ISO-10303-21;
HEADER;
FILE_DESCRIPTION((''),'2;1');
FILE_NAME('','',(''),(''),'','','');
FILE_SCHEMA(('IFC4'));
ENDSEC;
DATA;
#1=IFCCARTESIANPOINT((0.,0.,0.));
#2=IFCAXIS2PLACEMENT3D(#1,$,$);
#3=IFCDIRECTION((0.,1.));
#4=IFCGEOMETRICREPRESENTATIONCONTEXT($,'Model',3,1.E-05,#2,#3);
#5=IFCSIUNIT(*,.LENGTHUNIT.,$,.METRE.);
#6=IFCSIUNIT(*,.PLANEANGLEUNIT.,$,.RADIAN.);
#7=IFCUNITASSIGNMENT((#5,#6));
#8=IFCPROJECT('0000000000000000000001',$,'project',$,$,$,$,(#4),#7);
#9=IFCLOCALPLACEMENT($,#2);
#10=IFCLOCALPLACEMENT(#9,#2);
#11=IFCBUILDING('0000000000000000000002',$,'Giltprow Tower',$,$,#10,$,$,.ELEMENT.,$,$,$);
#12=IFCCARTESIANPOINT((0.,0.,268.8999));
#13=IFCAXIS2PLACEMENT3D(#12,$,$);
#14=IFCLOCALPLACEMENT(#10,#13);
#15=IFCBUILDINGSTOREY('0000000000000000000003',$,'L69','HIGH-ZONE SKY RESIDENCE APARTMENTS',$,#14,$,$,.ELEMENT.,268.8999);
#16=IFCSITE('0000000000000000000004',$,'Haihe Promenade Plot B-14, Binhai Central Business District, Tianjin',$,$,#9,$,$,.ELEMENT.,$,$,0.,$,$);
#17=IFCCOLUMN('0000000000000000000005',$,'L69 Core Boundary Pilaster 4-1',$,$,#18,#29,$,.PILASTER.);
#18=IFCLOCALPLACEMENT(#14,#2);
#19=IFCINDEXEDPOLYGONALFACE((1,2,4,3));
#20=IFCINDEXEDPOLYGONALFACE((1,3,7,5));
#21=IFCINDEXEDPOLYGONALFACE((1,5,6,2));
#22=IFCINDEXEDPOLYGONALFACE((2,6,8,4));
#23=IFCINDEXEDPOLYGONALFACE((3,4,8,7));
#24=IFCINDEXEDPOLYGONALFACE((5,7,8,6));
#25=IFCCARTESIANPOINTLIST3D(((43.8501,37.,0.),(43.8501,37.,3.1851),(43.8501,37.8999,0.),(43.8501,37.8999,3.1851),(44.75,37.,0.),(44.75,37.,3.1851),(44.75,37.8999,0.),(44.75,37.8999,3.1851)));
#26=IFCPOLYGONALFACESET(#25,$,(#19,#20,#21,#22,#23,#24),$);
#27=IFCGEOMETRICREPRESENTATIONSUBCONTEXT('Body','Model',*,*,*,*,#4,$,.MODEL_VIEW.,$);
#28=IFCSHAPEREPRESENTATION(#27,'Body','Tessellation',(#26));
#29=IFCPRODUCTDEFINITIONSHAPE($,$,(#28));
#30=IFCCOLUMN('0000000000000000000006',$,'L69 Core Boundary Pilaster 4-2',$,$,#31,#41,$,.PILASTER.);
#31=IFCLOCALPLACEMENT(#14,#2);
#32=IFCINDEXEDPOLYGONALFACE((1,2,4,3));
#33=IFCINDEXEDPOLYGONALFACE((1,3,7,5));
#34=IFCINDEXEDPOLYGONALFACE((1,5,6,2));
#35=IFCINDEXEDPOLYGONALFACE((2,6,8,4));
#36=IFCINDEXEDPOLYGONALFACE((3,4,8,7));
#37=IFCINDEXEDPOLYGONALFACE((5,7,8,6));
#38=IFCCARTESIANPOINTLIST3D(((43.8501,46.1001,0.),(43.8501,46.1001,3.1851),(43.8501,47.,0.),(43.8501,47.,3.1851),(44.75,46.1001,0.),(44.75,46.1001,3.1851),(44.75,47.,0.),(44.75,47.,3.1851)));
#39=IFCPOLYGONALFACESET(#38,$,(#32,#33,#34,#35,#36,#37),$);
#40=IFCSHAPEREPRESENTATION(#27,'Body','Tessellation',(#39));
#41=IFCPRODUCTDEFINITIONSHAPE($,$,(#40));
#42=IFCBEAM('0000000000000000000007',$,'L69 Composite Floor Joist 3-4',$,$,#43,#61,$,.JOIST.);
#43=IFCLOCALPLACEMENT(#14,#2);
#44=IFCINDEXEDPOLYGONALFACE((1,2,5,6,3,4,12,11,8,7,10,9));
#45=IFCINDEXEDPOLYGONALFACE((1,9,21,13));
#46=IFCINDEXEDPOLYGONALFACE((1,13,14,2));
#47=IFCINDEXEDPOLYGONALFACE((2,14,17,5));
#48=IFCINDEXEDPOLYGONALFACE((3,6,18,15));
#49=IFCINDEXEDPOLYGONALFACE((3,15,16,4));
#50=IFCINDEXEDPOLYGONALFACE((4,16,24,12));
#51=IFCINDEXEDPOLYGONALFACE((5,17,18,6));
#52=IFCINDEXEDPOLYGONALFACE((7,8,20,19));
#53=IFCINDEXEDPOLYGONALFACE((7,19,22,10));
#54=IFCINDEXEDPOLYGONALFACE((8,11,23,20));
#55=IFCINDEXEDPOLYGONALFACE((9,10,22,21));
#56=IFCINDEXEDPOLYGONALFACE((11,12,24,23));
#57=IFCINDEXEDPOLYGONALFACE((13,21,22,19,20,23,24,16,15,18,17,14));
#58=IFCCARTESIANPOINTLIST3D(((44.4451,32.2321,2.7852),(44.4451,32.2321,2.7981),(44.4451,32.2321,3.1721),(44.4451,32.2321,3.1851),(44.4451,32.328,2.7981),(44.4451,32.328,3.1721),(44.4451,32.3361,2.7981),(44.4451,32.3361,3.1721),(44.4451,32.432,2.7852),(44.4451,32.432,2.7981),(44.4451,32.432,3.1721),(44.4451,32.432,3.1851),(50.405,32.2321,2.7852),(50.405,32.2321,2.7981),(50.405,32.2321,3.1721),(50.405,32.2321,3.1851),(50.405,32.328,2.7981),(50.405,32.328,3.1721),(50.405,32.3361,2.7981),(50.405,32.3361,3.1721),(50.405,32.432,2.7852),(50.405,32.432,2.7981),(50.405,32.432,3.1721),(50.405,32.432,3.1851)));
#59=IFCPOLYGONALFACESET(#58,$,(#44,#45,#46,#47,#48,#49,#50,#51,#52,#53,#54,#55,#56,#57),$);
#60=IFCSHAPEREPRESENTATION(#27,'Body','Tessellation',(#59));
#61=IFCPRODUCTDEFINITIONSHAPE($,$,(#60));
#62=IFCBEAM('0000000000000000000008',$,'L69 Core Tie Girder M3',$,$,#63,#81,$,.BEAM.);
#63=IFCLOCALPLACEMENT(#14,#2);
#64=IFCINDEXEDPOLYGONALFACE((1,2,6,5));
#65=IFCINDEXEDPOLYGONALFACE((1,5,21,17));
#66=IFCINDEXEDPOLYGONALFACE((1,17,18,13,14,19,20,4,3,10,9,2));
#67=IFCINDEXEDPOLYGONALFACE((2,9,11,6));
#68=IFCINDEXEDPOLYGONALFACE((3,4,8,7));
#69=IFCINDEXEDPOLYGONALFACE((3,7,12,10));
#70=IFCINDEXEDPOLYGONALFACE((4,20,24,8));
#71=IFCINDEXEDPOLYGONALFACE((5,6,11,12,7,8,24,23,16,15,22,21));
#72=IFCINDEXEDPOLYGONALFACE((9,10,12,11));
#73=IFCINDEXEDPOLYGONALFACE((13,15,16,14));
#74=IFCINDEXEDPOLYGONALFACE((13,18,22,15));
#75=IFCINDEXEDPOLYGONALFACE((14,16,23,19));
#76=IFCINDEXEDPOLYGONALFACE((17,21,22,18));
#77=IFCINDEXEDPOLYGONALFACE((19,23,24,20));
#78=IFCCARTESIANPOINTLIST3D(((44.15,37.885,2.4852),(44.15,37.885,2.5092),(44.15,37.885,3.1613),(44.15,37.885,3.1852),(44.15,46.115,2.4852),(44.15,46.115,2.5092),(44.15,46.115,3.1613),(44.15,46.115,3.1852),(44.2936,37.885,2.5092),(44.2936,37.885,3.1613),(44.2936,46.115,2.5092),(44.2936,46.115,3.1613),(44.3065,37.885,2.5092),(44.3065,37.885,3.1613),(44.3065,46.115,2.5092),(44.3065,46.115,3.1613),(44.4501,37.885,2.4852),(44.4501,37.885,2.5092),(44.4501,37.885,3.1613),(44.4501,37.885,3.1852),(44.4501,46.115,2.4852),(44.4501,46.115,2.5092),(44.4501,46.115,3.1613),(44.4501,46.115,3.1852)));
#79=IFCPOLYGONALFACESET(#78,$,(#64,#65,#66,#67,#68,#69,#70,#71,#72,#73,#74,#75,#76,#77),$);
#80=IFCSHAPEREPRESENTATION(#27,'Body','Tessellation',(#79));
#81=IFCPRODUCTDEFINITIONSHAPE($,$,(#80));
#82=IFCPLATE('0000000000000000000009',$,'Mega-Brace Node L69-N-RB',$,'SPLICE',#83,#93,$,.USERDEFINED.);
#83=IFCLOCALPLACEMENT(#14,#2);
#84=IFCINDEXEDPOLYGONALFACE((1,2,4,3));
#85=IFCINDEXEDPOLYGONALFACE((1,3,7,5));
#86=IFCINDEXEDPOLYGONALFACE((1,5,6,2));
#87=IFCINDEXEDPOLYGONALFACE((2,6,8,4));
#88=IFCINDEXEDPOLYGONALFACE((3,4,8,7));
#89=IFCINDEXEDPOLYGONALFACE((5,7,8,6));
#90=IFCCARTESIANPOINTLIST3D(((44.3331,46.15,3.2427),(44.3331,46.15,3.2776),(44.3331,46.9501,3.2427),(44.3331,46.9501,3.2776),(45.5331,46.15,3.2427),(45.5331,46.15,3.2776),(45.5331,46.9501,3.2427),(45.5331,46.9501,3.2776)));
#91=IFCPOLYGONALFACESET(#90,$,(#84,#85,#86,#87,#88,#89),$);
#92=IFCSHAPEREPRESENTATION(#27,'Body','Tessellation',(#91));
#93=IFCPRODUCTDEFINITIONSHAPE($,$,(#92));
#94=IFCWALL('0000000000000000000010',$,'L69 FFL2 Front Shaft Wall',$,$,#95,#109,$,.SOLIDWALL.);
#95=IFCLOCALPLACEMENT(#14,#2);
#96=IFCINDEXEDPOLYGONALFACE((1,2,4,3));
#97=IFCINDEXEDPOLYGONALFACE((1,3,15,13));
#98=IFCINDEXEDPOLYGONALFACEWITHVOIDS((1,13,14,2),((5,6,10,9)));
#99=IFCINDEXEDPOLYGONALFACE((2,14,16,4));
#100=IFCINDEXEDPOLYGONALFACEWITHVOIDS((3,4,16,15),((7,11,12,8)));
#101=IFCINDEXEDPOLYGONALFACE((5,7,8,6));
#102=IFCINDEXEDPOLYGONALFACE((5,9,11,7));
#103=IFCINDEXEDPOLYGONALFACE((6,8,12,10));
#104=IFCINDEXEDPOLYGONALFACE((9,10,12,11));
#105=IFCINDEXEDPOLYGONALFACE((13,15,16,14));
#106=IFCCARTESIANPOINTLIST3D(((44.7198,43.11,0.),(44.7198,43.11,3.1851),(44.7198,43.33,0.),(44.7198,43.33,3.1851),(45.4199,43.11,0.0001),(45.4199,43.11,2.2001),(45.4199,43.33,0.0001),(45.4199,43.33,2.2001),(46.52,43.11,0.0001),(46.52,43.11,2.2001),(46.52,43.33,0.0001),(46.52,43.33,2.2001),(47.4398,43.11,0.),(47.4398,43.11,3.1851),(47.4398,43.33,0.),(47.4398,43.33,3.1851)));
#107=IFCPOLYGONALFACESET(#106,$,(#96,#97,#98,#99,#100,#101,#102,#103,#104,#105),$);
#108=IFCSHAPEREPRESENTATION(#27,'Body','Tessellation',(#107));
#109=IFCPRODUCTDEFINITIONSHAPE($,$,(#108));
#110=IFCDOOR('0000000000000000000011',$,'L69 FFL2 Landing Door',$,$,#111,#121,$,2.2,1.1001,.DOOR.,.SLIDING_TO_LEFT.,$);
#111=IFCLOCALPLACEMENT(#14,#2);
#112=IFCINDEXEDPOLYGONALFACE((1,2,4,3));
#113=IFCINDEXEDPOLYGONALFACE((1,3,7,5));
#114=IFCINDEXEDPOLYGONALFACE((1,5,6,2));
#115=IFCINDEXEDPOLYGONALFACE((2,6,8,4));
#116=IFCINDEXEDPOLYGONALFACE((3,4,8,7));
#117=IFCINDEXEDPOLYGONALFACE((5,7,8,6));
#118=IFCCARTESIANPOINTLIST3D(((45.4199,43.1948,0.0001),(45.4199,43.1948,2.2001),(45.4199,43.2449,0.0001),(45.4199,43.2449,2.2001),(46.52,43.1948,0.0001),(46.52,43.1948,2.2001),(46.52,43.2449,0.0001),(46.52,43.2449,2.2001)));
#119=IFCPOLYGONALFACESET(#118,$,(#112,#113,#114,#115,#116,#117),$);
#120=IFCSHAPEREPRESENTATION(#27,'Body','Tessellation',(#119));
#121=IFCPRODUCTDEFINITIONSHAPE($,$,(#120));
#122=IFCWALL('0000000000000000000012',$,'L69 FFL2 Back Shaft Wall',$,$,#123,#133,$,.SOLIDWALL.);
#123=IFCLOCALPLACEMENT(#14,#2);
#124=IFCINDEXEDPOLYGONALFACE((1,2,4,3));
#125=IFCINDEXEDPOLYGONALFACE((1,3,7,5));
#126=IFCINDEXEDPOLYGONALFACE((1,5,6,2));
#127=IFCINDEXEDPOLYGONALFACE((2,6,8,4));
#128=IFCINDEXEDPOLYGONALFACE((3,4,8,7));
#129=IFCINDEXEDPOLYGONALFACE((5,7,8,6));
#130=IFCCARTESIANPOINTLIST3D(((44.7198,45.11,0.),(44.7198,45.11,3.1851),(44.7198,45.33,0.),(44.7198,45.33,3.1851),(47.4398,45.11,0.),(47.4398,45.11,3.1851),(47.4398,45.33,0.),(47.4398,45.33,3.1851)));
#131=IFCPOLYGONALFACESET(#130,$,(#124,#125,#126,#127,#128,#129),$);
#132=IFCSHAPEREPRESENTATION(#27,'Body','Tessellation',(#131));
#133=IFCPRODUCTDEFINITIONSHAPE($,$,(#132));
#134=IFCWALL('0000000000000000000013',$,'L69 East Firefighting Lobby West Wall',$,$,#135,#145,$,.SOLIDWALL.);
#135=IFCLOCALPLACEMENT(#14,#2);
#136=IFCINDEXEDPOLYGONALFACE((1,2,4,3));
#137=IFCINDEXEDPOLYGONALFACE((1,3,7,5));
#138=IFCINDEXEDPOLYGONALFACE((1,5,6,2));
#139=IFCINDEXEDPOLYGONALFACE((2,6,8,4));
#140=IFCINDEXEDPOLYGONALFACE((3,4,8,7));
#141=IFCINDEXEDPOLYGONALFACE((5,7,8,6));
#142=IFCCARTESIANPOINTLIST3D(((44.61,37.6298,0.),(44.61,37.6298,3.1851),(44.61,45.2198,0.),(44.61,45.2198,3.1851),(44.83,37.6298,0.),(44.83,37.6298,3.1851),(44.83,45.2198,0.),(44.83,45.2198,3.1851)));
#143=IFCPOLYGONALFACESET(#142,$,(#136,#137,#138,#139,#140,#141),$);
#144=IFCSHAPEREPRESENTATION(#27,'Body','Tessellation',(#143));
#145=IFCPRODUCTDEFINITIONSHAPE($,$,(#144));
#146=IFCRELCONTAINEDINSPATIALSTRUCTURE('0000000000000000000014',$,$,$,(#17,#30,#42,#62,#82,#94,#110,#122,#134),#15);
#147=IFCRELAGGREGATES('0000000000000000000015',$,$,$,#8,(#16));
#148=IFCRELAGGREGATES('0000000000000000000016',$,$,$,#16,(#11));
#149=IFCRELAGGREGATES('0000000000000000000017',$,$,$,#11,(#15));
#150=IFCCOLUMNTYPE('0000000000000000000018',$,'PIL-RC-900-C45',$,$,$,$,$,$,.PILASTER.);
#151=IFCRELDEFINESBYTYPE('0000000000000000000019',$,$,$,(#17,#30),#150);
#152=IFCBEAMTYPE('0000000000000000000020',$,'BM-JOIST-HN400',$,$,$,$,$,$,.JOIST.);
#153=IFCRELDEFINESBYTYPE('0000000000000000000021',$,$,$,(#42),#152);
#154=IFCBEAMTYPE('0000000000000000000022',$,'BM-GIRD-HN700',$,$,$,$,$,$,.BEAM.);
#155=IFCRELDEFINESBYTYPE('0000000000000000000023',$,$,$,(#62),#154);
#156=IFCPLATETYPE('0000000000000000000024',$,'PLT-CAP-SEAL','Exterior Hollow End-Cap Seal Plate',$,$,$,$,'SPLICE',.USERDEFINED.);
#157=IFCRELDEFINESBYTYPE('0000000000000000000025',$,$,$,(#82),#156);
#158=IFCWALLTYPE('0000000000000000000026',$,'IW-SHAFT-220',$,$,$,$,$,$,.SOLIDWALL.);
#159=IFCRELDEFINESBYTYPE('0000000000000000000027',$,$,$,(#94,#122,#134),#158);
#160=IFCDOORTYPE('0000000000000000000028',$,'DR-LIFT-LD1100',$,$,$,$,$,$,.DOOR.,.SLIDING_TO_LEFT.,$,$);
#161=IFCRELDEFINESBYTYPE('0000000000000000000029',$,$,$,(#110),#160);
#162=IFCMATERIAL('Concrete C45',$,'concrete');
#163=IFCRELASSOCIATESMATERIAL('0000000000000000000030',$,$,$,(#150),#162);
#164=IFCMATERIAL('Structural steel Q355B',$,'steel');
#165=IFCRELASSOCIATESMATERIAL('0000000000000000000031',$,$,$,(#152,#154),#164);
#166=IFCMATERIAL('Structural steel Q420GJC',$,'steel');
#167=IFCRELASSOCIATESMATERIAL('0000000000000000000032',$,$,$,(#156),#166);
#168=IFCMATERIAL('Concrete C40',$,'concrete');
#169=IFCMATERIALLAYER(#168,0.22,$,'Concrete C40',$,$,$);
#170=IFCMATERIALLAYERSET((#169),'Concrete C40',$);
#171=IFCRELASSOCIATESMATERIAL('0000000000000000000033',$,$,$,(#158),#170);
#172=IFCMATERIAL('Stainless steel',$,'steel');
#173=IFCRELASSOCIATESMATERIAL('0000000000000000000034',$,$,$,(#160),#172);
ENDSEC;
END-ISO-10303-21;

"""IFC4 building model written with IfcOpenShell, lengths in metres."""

from ifc_helpers import new_model, si_unit, direction, frame, frame_2d, origin, origin_2d, place, context, subcontext, project, spatial, rectangle, i_section, extrude, source, transform, mapped, material, layer, layer_set, material_profile, profile_set, type_object, element, fill, save


model = new_model("IFC4")

# Units and contexts
model_context = context("Model", 3, precision=1e-05, world=origin(), true_north=direction((0.0, 1.0)))
body_context = subcontext(model_context, "Body", "Model", "MODEL_VIEW")
ifc_project = project(units=[si_unit("LENGTHUNIT", "METRE"), si_unit("PLANEANGLEUNIT", "RADIAN")], contexts=[model_context])

# Site, building, storey
site_placement = place(None, origin())
site = spatial("IfcSite", under=ifc_project, at=site_placement, Name="Haihe Promenade Plot B-14, Binhai Central Business District, Tianjin", CompositionType="ELEMENT", RefElevation=0.0)
building_placement = place(site_placement, origin())
building = spatial("IfcBuilding", under=site, at=building_placement, Name="Giltprow Tower", CompositionType="ELEMENT")
storey_placement = place(building_placement, frame((0.0, 0.0, 268.8999)))
storey = spatial("IfcBuildingStorey", under=building, at=storey_placement, Name="L69", Description="HIGH-ZONE SKY RESIDENCE APARTMENTS", CompositionType="ELEMENT", Elevation=268.8999)

# Columns
ifc_material_1 = material(Name="Concrete C45", Category="concrete")
ifc_material_profile_1 = material_profile(ifc_material_1, rectangle(XDim=0.8999, YDim=0.8999, at=origin_2d()), Name="RC 900x900")
ifc_profile_set_1 = profile_set([ifc_material_profile_1], Name="Concrete C45")
column_type = type_object("IfcColumnType", Name="PIL-RC-900-C45", PredefinedType="PILASTER", material=ifc_profile_set_1)
shared_shape_1 = source(origin(), body_context, "Body", "SweptSolid", [
    extrude(rectangle(XDim=0.8999, YDim=0.8999, at=origin_2d()), origin(), (0.0, 0.0, 1.0), 3.1851),
])
for number, where, z_axis, x_axis, name in (
    (1, (44.3, 37.45, 0.0), (0.0, 0.0, 1.0), (1.0, 0.0, 0.0), "L69 Core Boundary Pilaster 4-1"),
    (2, (44.3, 46.55, 0.0), (0.0, 0.0, 1.0), (1.0, 0.0, 0.0), "L69 Core Boundary Pilaster 4-2"),
):
    element("IfcColumn", number, at=place(storey_placement, frame(where, z_axis=z_axis, x_axis=x_axis)), inside=storey, type_object=column_type, Name=name, PredefinedType="PILASTER", context=body_context, shape_type="MappedRepresentation", body=[
        mapped(shared_shape_1, transform((0.0, 0.0, 0.0), x_axis=(1.0, 0.0, 0.0), y_axis=(0.0, 1.0, 0.0), z_axis=(0.0, 0.0, 1.0), scale=1.0)),
    ])

# Beams
ifc_material_2 = material(Name="Structural steel Q355B", Category="steel")
ifc_material_profile_2 = material_profile(ifc_material_2, i_section(OverallWidth=0.2, OverallDepth=0.3999, WebThickness=0.0081, FlangeThickness=0.0129, at=origin_2d()), Name="HN 400x200x8x13")
ifc_profile_set_2 = profile_set([ifc_material_profile_2], Name="Structural steel Q355B")
beam_type_1 = type_object("IfcBeamType", Name="BM-JOIST-HN400", PredefinedType="JOIST", material=ifc_profile_set_2)
shared_shape_2 = source(origin(), body_context, "Body", "SweptSolid", [
    extrude(i_section(OverallWidth=0.2, OverallDepth=0.3999, WebThickness=0.0081, FlangeThickness=0.0129, at=origin_2d()), origin(), (0.0, 0.0, 1.0), 5.96),
])
beam_1_placement = place(storey_placement, frame((44.4451, 32.332, 2.9851), z_axis=(1.0, 0.0, 0.0), x_axis=(0.0, 1.0, 0.0)))
element("IfcBeam", 3, at=beam_1_placement, inside=storey, type_object=beam_type_1, Name="L69 Composite Floor Joist 3-4", PredefinedType="JOIST", context=body_context, shape_type="MappedRepresentation", body=[
    mapped(shared_shape_2, transform((0.0, 0.0, 0.0), x_axis=(1.0, 0.0, 0.0), y_axis=(0.0, 1.0, 0.0), z_axis=(0.0, 0.0, 1.0), scale=1.0)),
])
ifc_material_profile_3 = material_profile(ifc_material_2, i_section(OverallWidth=0.3, OverallDepth=0.7, WebThickness=0.0129, FlangeThickness=0.0239, at=origin_2d()), Name="HN 700x300x13x24")
ifc_profile_set_3 = profile_set([ifc_material_profile_3], Name="Structural steel Q355B")
beam_type_2 = type_object("IfcBeamType", Name="BM-GIRD-HN700", PredefinedType="BEAM", material=ifc_profile_set_3)
shared_shape_3 = source(origin(), body_context, "Body", "SweptSolid", [
    extrude(i_section(OverallWidth=0.3, OverallDepth=0.7, WebThickness=0.0129, FlangeThickness=0.0239, at=origin_2d()), origin(), (0.0, 0.0, 1.0), 8.23),
])
beam_2_placement = place(storey_placement, frame((44.3, 37.885, 2.8352), z_axis=(0.0, 1.0, 0.0), x_axis=(-1.0, 0.0, 0.0)))
element("IfcBeam", 4, at=beam_2_placement, inside=storey, type_object=beam_type_2, Name="L69 Core Tie Girder M3", PredefinedType="BEAM", context=body_context, shape_type="MappedRepresentation", body=[
    mapped(shared_shape_3, transform((0.0, 0.0, 0.0), x_axis=(1.0, 0.0, 0.0), y_axis=(0.0, 1.0, 0.0), z_axis=(0.0, 0.0, 1.0), scale=1.0)),
])

# Plate
ifc_material_3 = material(Name="Structural steel Q420GJC", Category="steel")
plate_type = type_object("IfcPlateType", Name="PLT-CAP-SEAL", Description="Exterior Hollow End-Cap Seal Plate", ElementType="SPLICE", PredefinedType="USERDEFINED", material=ifc_material_3)
shared_shape_4 = source(origin(), body_context, "Body", "SweptSolid", [
    extrude(rectangle(XDim=1.2, YDim=0.8, at=origin_2d()), origin(), (0.0, 0.0, 1.0), 0.0349),
])
plate_placement = place(storey_placement, frame((44.9331, 46.55, 3.2427), z_axis=(0.0, 0.0, 1.0), x_axis=(1.0, 0.0, 0.0)))
element("IfcPlate", 5, at=plate_placement, inside=storey, type_object=plate_type, Name="Mega-Brace Node L69-N-RB", ObjectType="SPLICE", PredefinedType="USERDEFINED", context=body_context, shape_type="MappedRepresentation", body=[
    mapped(shared_shape_4, transform((0.0, 0.0, 0.0), x_axis=(1.0, 0.0, 0.0), y_axis=(0.0, 1.0, 0.0), z_axis=(0.0, 0.0, 1.0), scale=1.0)),
])

# Wall, opening, door
ifc_material_4 = material(Name="Concrete C40", Category="concrete")
ifc_layer_1 = layer(ifc_material_4, 0.22, Name="Concrete C40")
ifc_layer_set_1 = layer_set([ifc_layer_1], Name="Concrete C40")
wall_type_1 = type_object("IfcWallType", Name="IW-SHAFT-220", PredefinedType="SOLIDWALL", material=ifc_layer_set_1)
wall_1_placement = place(storey_placement, frame((44.72, 43.22, 0.0), z_axis=(0.0, 0.0, 1.0), x_axis=(1.0, 0.0, 0.0)))
wall_1 = element("IfcWall", 6, at=wall_1_placement, inside=storey, type_object=wall_type_1, Name="L69 FFL2 Front Shaft Wall", PredefinedType="SOLIDWALL", context=body_context, shape_type="SweptSolid", body=[
    extrude(rectangle(XDim=2.72, YDim=0.22, at=frame_2d((1.3599, 0.0))), origin(), (0.0, 0.0, 1.0), 3.1851),
])
opening_1_placement = place(wall_1_placement, frame((0.7, 0.0, 0.0)))
opening_1 = element("IfcOpeningElement", 7, at=opening_1_placement, cuts=wall_1, PredefinedType="OPENING", context=body_context, shape_type="SweptSolid", body=[
    extrude(rectangle(XDim=1.1001, YDim=2.2, at=frame_2d((0.55, 1.1001))), frame((0.0, 0.1199, 0.0), z_axis=(0.0, -1.0, 0.0), x_axis=(1.0, 0.0, 0.0)), (0.0, 0.0, 1.0), 0.24),
])
ifc_material_5 = material(Name="Stainless steel", Category="steel")
door_type_1 = type_object("IfcDoorType", Name="DR-LIFT-LD1100", OperationType="SLIDING_TO_LEFT", PredefinedType="DOOR", material=ifc_material_5)
shared_shape_5 = source(origin(), body_context, "Body", "SweptSolid", [
    extrude(rectangle(XDim=1.1001, YDim=2.2, at=frame_2d((0.55, 1.1001))), frame((0.0, 0.0249, 0.0), z_axis=(0.0, -1.0, 0.0), x_axis=(1.0, 0.0, 0.0)), (0.0, 0.0, 1.0), 0.05),
])
door_1_placement = place(opening_1_placement, origin())
door_1 = element("IfcDoor", 8, at=door_1_placement, inside=storey, type_object=door_type_1, Name="L69 FFL2 Landing Door", OperationType="SLIDING_TO_LEFT", OverallHeight=2.2, OverallWidth=1.1001, PredefinedType="DOOR", context=body_context, shape_type="MappedRepresentation", body=[
    mapped(shared_shape_5, transform((0.0, 0.0, 0.0), x_axis=(1.0, 0.0, 0.0), y_axis=(0.0, 1.0, 0.0), z_axis=(0.0, 0.0, 1.0), scale=1.0)),
])
fill(opening_1, door_1)

# Walls
wall_2_placement = place(storey_placement, frame((44.72, 45.22, 0.0), z_axis=(0.0, 0.0, 1.0), x_axis=(1.0, 0.0, 0.0)))
element("IfcWall", 9, at=wall_2_placement, inside=storey, type_object=wall_type_1, Name="L69 FFL2 Back Shaft Wall", PredefinedType="SOLIDWALL", context=body_context, shape_type="SweptSolid", body=[
    extrude(rectangle(XDim=2.72, YDim=0.22, at=frame_2d((1.3599, 0.0))), origin(), (0.0, 0.0, 1.0), 3.1851),
])
wall_3_placement = place(storey_placement, frame((44.72, 37.6299, 0.0), z_axis=(0.0, 0.0, 1.0), x_axis=(0.0, 1.0, 0.0)))
element("IfcWall", 10, at=wall_3_placement, inside=storey, type_object=wall_type_1, Name="L69 East Firefighting Lobby West Wall", PredefinedType="SOLIDWALL", context=body_context, shape_type="SweptSolid", body=[
    extrude(rectangle(XDim=7.5901, YDim=0.22, at=frame_2d((3.7949, 0.0))), origin(), (0.0, 0.0, 1.0), 3.1851),
])

save(model, "model.ifc")
